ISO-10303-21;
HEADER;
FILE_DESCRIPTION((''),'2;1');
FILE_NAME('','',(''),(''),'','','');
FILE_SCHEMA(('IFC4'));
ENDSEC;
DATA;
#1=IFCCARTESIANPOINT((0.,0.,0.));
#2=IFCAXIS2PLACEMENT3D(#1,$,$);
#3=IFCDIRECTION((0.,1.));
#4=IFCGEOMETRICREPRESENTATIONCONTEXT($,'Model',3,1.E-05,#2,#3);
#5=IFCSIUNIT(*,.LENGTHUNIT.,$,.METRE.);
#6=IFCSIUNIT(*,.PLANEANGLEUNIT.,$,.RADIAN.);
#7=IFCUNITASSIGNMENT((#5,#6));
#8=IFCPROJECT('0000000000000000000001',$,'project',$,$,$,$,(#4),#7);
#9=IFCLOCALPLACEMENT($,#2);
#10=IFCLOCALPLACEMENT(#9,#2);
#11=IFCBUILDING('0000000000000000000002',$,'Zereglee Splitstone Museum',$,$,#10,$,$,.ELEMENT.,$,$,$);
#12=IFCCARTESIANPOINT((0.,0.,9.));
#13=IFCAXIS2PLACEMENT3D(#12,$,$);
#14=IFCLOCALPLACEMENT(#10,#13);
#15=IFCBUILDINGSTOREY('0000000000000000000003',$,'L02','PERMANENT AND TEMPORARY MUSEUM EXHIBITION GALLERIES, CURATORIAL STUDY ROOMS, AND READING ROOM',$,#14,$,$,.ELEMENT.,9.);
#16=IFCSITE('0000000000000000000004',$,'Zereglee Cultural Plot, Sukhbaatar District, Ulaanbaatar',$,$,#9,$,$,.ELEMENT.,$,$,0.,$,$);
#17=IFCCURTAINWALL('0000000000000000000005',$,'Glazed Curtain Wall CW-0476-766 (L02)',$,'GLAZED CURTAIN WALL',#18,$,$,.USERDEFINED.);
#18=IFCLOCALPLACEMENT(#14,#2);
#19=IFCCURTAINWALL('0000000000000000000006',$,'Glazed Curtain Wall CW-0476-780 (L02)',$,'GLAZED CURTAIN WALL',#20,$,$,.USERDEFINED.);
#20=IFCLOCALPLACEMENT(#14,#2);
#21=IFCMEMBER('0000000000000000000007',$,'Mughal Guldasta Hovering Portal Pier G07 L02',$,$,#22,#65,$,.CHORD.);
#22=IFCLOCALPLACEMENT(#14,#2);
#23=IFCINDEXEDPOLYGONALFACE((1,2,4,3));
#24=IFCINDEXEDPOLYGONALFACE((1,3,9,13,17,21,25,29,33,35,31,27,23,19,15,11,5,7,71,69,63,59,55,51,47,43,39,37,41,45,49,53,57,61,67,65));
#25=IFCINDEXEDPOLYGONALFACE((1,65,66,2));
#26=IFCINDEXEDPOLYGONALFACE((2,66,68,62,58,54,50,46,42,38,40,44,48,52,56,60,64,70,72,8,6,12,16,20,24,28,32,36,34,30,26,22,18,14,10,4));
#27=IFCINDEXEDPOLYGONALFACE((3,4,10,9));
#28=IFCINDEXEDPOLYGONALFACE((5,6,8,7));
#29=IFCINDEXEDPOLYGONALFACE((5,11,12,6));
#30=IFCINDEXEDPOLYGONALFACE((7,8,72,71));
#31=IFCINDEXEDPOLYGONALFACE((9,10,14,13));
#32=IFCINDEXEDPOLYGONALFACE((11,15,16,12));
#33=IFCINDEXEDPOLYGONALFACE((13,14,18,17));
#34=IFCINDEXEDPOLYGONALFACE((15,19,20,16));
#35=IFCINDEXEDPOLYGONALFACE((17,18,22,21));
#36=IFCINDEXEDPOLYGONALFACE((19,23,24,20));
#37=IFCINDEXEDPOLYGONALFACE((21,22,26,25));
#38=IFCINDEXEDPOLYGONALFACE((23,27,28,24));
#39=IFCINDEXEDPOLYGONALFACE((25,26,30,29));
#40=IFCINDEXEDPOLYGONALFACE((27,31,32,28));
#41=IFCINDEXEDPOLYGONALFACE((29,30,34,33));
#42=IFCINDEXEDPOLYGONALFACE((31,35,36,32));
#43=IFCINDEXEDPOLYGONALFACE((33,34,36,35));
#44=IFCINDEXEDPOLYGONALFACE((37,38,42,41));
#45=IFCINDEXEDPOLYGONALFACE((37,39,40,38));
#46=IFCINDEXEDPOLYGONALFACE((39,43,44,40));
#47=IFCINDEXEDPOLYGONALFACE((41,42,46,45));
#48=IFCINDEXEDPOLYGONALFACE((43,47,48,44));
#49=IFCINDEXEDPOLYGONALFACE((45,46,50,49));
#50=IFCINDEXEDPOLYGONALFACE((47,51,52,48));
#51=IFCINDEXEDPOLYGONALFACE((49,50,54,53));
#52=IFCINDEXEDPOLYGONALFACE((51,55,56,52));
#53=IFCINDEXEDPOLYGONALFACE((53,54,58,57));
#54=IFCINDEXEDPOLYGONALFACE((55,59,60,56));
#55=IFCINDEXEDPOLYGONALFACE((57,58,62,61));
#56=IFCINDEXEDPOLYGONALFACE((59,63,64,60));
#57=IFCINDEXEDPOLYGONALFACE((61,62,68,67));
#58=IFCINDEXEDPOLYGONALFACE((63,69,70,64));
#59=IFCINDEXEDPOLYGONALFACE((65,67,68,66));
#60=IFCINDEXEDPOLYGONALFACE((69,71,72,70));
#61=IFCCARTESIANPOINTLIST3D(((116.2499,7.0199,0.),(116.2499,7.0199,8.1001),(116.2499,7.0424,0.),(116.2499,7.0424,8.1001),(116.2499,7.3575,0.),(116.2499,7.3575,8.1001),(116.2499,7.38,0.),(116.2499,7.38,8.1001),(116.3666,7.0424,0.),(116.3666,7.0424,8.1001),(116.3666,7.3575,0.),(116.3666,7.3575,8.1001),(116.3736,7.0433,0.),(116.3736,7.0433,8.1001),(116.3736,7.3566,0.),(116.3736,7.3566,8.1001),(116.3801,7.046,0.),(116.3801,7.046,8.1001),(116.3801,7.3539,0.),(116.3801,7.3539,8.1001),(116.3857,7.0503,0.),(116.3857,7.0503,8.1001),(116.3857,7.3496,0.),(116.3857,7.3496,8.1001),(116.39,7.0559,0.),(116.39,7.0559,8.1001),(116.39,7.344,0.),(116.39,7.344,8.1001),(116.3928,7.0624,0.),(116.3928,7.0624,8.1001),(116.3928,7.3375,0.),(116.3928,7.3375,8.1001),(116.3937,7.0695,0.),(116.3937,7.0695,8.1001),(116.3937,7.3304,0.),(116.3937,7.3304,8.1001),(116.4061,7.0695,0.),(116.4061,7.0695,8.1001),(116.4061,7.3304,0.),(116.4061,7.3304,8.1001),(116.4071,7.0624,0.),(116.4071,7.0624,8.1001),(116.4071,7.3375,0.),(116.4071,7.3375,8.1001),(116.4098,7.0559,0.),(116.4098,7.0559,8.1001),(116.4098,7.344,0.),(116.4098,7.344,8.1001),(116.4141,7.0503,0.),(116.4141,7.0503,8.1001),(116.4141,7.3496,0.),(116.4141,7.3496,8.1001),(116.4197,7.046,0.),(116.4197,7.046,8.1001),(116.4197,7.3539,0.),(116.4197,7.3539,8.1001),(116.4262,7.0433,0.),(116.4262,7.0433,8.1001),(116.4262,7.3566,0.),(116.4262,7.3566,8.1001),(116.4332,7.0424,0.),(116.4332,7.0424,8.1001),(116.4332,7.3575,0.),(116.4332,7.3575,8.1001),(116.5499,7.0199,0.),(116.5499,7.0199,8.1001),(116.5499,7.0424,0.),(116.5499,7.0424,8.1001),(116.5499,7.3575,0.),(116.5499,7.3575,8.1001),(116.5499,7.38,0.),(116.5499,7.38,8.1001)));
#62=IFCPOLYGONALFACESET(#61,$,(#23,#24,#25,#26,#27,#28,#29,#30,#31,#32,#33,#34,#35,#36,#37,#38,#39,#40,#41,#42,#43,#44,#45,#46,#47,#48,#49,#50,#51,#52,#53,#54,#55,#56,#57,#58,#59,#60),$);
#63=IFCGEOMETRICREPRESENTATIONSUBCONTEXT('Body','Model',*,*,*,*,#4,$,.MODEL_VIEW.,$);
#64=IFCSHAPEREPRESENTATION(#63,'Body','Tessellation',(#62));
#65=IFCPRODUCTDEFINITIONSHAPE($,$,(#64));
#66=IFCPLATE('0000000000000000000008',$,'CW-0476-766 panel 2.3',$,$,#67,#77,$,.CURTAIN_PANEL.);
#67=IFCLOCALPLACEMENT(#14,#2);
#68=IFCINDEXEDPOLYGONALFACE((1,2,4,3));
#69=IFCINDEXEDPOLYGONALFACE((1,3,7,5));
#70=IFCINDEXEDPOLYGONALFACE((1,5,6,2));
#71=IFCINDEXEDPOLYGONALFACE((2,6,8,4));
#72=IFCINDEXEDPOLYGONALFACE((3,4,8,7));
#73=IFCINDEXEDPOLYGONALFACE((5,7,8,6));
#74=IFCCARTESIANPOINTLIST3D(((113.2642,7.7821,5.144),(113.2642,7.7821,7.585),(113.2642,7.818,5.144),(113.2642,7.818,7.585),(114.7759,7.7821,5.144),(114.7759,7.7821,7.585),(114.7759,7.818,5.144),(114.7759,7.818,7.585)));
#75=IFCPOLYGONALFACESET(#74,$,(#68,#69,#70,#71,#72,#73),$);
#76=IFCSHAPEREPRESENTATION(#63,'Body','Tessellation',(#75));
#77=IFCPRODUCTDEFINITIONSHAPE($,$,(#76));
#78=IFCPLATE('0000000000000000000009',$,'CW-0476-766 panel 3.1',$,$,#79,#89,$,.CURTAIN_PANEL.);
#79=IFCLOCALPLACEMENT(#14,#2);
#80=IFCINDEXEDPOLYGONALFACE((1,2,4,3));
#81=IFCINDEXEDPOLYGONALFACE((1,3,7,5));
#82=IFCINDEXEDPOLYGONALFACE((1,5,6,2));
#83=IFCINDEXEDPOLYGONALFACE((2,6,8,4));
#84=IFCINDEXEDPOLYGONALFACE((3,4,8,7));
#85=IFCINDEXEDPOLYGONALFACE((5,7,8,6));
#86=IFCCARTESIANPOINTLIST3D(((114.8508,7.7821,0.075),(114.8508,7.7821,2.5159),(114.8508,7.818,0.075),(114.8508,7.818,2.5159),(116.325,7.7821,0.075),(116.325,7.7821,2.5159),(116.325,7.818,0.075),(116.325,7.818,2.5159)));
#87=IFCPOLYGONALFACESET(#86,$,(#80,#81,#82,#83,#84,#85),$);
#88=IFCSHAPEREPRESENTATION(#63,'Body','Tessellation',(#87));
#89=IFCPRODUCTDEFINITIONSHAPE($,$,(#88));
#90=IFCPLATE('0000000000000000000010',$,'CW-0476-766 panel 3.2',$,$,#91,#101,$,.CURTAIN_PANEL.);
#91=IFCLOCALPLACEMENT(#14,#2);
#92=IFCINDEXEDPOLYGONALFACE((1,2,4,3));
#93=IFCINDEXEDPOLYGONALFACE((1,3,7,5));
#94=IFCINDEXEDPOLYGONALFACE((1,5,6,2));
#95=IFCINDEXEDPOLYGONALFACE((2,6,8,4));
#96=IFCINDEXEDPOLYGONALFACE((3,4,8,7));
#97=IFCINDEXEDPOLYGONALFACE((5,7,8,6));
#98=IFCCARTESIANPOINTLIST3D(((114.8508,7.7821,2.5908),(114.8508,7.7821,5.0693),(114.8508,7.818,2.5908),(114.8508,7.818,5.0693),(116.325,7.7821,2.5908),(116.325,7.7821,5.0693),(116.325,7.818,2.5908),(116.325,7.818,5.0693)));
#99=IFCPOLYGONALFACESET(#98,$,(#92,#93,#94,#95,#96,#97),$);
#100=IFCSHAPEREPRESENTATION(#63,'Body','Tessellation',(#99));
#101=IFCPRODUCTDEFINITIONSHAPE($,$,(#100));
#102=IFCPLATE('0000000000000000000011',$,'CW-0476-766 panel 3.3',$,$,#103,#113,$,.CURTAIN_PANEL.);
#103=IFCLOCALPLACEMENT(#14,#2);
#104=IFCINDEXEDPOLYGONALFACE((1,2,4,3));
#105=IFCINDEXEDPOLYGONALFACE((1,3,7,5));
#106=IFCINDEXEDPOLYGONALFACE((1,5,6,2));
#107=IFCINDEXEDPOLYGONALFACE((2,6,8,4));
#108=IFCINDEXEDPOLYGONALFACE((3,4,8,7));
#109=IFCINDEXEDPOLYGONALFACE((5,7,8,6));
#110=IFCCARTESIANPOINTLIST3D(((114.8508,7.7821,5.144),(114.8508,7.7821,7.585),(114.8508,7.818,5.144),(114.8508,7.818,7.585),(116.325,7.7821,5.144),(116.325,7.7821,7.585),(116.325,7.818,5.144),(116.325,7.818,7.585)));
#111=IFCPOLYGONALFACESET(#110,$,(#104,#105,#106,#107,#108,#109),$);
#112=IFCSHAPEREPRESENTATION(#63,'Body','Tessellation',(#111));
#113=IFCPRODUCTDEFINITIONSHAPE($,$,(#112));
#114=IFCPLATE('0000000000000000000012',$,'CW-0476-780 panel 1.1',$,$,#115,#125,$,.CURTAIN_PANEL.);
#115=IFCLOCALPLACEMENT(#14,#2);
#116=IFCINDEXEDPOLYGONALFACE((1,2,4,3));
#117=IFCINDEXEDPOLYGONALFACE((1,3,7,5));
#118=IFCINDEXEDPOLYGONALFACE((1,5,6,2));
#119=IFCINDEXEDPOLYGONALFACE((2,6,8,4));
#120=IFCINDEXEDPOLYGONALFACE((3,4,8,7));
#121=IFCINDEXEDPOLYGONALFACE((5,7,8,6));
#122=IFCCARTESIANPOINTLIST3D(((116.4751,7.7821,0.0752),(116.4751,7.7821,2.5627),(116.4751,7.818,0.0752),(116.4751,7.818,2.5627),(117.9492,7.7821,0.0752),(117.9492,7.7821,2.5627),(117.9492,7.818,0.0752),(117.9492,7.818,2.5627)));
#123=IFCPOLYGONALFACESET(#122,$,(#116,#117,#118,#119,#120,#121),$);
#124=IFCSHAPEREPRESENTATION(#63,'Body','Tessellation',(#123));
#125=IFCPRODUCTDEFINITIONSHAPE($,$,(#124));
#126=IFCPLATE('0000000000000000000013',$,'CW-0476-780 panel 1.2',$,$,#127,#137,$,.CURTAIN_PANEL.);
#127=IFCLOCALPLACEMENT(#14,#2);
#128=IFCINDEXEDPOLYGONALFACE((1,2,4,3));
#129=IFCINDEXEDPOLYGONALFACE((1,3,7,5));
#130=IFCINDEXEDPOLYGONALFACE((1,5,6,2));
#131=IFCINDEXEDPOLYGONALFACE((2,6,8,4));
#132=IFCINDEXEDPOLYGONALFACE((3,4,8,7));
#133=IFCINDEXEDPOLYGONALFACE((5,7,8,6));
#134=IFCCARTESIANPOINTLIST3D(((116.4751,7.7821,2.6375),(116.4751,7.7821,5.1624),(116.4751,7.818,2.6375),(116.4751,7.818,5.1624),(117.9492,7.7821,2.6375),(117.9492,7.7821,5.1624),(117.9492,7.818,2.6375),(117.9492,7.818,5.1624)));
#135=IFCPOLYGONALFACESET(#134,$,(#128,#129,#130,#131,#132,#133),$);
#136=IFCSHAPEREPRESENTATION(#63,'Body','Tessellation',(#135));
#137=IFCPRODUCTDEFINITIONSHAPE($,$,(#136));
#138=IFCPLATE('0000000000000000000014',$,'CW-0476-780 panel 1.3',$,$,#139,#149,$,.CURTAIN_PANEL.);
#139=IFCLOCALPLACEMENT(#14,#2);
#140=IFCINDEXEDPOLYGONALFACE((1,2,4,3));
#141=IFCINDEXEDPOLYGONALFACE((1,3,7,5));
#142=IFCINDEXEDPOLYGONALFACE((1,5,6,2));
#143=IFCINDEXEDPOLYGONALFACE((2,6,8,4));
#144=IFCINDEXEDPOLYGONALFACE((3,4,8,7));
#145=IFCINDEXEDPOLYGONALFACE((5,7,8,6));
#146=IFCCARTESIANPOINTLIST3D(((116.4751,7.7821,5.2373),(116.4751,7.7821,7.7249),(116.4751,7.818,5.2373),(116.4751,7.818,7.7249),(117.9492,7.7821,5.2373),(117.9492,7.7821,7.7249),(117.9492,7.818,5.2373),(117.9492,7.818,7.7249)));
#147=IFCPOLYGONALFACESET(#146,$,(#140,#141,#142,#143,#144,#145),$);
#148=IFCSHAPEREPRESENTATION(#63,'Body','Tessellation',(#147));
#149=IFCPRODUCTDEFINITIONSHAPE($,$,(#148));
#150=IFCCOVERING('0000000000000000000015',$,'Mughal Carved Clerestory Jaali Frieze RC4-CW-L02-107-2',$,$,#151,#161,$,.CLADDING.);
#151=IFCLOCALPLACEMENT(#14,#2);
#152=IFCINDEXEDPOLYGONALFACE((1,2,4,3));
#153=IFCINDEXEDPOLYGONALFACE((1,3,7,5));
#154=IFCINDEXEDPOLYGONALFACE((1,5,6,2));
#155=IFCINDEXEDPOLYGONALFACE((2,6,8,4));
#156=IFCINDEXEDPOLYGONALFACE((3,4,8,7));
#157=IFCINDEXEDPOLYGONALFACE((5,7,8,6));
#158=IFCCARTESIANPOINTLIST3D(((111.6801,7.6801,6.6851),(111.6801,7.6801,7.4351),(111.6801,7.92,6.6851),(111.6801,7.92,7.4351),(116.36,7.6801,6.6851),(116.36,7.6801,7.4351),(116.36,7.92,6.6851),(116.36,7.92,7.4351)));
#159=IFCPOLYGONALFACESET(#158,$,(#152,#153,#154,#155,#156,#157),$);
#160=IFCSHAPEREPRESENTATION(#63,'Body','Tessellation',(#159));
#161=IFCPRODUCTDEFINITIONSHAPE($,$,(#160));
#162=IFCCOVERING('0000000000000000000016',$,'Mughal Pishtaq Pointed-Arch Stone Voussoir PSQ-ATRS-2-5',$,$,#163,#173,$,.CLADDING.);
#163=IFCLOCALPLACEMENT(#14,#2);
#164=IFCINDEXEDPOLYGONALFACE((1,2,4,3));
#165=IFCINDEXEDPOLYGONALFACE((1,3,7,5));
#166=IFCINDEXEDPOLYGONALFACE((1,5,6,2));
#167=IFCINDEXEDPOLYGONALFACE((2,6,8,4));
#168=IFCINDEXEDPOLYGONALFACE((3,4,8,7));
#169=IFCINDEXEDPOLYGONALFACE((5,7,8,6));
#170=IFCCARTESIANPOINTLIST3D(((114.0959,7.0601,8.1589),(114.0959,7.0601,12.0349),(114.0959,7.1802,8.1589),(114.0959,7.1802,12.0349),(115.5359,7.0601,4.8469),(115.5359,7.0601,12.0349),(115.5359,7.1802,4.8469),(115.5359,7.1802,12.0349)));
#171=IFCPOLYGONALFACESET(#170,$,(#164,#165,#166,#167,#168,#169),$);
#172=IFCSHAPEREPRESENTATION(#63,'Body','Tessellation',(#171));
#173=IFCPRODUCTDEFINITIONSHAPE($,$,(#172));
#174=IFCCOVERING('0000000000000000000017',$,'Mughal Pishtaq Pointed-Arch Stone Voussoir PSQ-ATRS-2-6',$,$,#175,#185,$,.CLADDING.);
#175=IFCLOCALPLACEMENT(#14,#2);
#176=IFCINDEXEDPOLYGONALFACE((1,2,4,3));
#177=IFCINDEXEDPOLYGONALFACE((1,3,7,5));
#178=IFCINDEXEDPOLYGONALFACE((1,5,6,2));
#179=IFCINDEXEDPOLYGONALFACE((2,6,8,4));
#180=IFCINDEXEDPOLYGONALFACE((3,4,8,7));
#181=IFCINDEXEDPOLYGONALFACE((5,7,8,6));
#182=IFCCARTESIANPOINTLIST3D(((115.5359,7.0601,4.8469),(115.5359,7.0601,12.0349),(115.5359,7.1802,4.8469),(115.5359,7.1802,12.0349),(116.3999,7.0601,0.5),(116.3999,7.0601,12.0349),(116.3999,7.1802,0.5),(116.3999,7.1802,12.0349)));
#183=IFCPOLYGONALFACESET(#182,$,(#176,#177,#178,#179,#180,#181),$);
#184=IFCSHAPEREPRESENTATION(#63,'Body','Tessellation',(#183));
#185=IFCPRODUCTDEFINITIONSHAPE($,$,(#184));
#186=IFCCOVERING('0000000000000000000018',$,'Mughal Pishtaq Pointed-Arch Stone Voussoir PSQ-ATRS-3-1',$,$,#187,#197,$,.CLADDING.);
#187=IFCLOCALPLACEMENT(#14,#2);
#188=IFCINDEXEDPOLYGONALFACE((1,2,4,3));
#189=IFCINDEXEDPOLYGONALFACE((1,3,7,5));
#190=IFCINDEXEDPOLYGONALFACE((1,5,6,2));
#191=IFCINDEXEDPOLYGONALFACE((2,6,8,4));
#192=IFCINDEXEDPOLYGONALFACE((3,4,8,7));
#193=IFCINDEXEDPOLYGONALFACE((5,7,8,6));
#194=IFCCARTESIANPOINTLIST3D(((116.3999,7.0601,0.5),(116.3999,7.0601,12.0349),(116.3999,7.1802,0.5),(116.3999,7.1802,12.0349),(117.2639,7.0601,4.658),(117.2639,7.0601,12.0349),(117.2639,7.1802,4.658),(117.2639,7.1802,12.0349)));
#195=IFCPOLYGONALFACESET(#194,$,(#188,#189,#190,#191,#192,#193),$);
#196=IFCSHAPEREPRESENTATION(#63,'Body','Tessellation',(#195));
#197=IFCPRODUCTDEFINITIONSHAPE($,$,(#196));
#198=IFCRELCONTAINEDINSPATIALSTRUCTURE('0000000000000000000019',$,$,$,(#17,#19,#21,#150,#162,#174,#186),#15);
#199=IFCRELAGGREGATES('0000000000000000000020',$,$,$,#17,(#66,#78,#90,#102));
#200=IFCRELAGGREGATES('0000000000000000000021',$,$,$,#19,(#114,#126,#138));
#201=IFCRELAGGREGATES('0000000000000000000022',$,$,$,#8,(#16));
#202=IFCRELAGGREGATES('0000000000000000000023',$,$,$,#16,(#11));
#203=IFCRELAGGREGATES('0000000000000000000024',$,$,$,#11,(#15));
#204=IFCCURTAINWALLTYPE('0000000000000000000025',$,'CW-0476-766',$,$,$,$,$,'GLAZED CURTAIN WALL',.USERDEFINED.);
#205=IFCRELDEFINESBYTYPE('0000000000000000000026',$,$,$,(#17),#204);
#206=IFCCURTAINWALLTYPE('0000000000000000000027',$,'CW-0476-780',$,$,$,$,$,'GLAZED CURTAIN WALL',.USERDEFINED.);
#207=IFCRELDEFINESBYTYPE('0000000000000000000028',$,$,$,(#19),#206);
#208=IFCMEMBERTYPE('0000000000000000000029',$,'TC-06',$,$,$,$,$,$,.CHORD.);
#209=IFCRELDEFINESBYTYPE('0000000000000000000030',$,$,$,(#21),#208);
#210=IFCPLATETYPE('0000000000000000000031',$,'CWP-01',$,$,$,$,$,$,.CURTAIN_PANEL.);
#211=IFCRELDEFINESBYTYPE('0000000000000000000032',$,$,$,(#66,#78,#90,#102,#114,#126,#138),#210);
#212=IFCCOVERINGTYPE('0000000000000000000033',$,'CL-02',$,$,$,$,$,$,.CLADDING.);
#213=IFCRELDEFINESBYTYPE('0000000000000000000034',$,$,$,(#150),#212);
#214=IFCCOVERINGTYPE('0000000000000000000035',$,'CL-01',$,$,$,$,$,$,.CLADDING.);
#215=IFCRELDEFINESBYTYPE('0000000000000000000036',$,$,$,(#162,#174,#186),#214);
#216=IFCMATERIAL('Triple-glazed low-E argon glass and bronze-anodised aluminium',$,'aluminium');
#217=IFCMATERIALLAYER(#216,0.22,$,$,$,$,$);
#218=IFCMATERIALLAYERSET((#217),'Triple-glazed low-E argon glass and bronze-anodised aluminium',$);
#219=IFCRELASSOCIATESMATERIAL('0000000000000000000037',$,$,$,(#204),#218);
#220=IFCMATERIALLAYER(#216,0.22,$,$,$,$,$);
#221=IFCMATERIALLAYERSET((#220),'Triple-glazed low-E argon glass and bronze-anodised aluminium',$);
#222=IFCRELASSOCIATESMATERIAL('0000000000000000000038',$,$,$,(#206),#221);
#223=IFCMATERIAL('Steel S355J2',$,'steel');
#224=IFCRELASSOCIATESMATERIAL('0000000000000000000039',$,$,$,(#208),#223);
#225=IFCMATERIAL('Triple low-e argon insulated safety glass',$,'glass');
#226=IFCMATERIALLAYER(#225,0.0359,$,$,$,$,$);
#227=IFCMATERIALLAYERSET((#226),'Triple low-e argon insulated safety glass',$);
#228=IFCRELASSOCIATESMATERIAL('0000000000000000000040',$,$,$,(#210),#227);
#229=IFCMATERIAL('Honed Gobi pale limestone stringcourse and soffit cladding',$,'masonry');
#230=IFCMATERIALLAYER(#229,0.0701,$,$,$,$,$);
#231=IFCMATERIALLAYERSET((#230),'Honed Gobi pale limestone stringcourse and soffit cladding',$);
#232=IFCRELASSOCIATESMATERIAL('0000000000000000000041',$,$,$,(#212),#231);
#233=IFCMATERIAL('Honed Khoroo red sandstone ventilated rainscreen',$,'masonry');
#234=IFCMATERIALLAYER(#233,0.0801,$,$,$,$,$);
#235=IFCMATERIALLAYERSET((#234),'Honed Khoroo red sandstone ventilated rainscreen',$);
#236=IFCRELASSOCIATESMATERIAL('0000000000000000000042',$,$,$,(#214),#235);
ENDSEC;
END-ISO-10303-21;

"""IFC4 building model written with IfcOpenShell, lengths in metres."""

from ifc_helpers import new_model, si_unit, direction, frame, origin, origin_2d, place, context, subcontext, project, spatial, polyline, rectangle, i_section, outline, extrude, material, layer, layer_set, material_profile, profile_set, type_object, element, aggregate, save


model = new_model("IFC4")

# Units and contexts
model_context = context("Model", 3, precision=1e-05, world=origin(), true_north=direction((0.0, 1.0)))
body_context = subcontext(model_context, "Body", "Model", "MODEL_VIEW")
ifc_project = project(units=[si_unit("LENGTHUNIT", "METRE"), si_unit("PLANEANGLEUNIT", "RADIAN")], contexts=[model_context])

# Site, building, storey
site_placement = place(None, origin())
site = spatial("IfcSite", under=ifc_project, at=site_placement, Name="Zereglee Cultural Plot, Sukhbaatar District, Ulaanbaatar", CompositionType="ELEMENT", RefElevation=0.0)
building_placement = place(site_placement, origin())
building = spatial("IfcBuilding", under=site, at=building_placement, Name="Zereglee Splitstone Museum", CompositionType="ELEMENT")
storey_placement = place(building_placement, frame((0.0, 0.0, 9.0)))
storey = spatial("IfcBuildingStorey", under=building, at=storey_placement, Name="L02", Description="PERMANENT AND TEMPORARY MUSEUM EXHIBITION GALLERIES, CURATORIAL STUDY ROOMS, AND READING ROOM", CompositionType="ELEMENT", Elevation=9.0)

# Curtain walls
ifc_material_1 = material(Name="Triple-glazed low-E argon glass and bronze-anodised aluminium", Category="aluminium")
ifc_layer_1 = layer(ifc_material_1, 0.22)
ifc_layer_set_1 = layer_set([ifc_layer_1], Name="Triple-glazed low-E argon glass and bronze-anodised aluminium")
curtain_wall_type_1 = type_object("IfcCurtainWallType", Name="CW-0476-766", ElementType="GLAZED CURTAIN WALL", PredefinedType="USERDEFINED", material=ifc_layer_set_1)
curtain_wall_1_placement = place(storey_placement, origin())
curtain_wall_1 = element("IfcCurtainWall", 1, at=curtain_wall_1_placement, inside=storey, type_object=curtain_wall_type_1, Name="Glazed Curtain Wall CW-0476-766 (L02)", ObjectType="GLAZED CURTAIN WALL", PredefinedType="USERDEFINED")
ifc_layer_2 = layer(ifc_material_1, 0.22)
ifc_layer_set_2 = layer_set([ifc_layer_2], Name="Triple-glazed low-E argon glass and bronze-anodised aluminium")
curtain_wall_type_2 = type_object("IfcCurtainWallType", Name="CW-0476-780", ElementType="GLAZED CURTAIN WALL", PredefinedType="USERDEFINED", material=ifc_layer_set_2)
curtain_wall_2_placement = place(storey_placement, origin())
curtain_wall_2 = element("IfcCurtainWall", 2, at=curtain_wall_2_placement, inside=storey, type_object=curtain_wall_type_2, Name="Glazed Curtain Wall CW-0476-780 (L02)", ObjectType="GLAZED CURTAIN WALL", PredefinedType="USERDEFINED")

# Member
ifc_material_2 = material(Name="Steel S355J2", Category="steel")
ifc_material_profile_1 = material_profile(ifc_material_2, i_section(OverallWidth=0.3, OverallDepth=0.3601, WebThickness=0.0125, FlangeThickness=0.0225, FilletRadius=0.0271, at=origin_2d()), Name="HE 360 B")
ifc_profile_set_1 = profile_set([ifc_material_profile_1], Name="Steel S355J2")
member_type_1 = type_object("IfcMemberType", Name="TC-06", PredefinedType="CHORD", material=ifc_profile_set_1)
member_1_placement = place(storey_placement, frame((116.3999, 7.2, 0.0), z_axis=(0.0, 0.0, 1.0), x_axis=(1.0, 0.0, 0.0)))
element("IfcMember", 3, at=member_1_placement, inside=storey, type_object=member_type_1, Name="Mughal Guldasta Hovering Portal Pier G07 L02", PredefinedType="CHORD", context=body_context, shape_type="SweptSolid", body=[
    extrude(i_section(OverallWidth=0.3, OverallDepth=0.3601, WebThickness=0.0125, FlangeThickness=0.0225, FilletRadius=0.0271, at=origin_2d()), origin(), (0.0, 0.0, 1.0), 8.1001),
])

# Plates
ifc_material_3 = material(Name="Triple low-e argon insulated safety glass", Category="glass")
ifc_layer_3 = layer(ifc_material_3, 0.0359)
ifc_layer_set_3 = layer_set([ifc_layer_3], Name="Triple low-e argon insulated safety glass")
plate_type = type_object("IfcPlateType", Name="CWP-01", PredefinedType="CURTAIN_PANEL", material=ifc_layer_set_3)
plate_1_placement = place(storey_placement, frame((114.02, 7.8, 5.144), z_axis=(0.0, 0.0, 1.0), x_axis=(1.0, 0.0, 0.0)))
plate_1 = element("IfcPlate", 4, at=plate_1_placement, type_object=plate_type, Name="CW-0476-766 panel 2.3", PredefinedType="CURTAIN_PANEL", context=body_context, shape_type="SweptSolid", body=[
    extrude(rectangle(XDim=1.5117, YDim=0.0359, at=origin_2d()), origin(), (0.0, 0.0, 1.0), 2.4409),
])
plate_2_placement = place(storey_placement, frame((115.5879, 7.8, 0.075), z_axis=(0.0, 0.0, 1.0), x_axis=(1.0, 0.0, 0.0)))
plate_2 = element("IfcPlate", 5, at=plate_2_placement, type_object=plate_type, Name="CW-0476-766 panel 3.1", PredefinedType="CURTAIN_PANEL", context=body_context, shape_type="SweptSolid", body=[
    extrude(rectangle(XDim=1.4741, YDim=0.0359, at=origin_2d()), origin(), (0.0, 0.0, 1.0), 2.4409),
])
plate_3_placement = place(storey_placement, frame((115.5879, 7.8, 2.5908), z_axis=(0.0, 0.0, 1.0), x_axis=(1.0, 0.0, 0.0)))
plate_3 = element("IfcPlate", 6, at=plate_3_placement, type_object=plate_type, Name="CW-0476-766 panel 3.2", PredefinedType="CURTAIN_PANEL", context=body_context, shape_type="SweptSolid", body=[
    extrude(rectangle(XDim=1.4741, YDim=0.0359, at=origin_2d()), origin(), (0.0, 0.0, 1.0), 2.4785),
])
plate_4_placement = place(storey_placement, frame((115.5879, 7.8, 5.144), z_axis=(0.0, 0.0, 1.0), x_axis=(1.0, 0.0, 0.0)))
plate_4 = element("IfcPlate", 7, at=plate_4_placement, type_object=plate_type, Name="CW-0476-766 panel 3.3", PredefinedType="CURTAIN_PANEL", context=body_context, shape_type="SweptSolid", body=[
    extrude(rectangle(XDim=1.4741, YDim=0.0359, at=origin_2d()), origin(), (0.0, 0.0, 1.0), 2.4409),
])
aggregate(curtain_wall_1, [plate_1, plate_2, plate_3, plate_4])
plate_5_placement = place(storey_placement, frame((117.2122, 7.8, 0.0752), z_axis=(0.0, 0.0, 1.0), x_axis=(1.0, 0.0, 0.0)))
plate_5 = element("IfcPlate", 8, at=plate_5_placement, type_object=plate_type, Name="CW-0476-780 panel 1.1", PredefinedType="CURTAIN_PANEL", context=body_context, shape_type="SweptSolid", body=[
    extrude(rectangle(XDim=1.4741, YDim=0.0359, at=origin_2d()), origin(), (0.0, 0.0, 1.0), 2.4875),
])
plate_6_placement = place(storey_placement, frame((117.2122, 7.8, 2.6375), z_axis=(0.0, 0.0, 1.0), x_axis=(1.0, 0.0, 0.0)))
plate_6 = element("IfcPlate", 9, at=plate_6_placement, type_object=plate_type, Name="CW-0476-780 panel 1.2", PredefinedType="CURTAIN_PANEL", context=body_context, shape_type="SweptSolid", body=[
    extrude(rectangle(XDim=1.4741, YDim=0.0359, at=origin_2d()), origin(), (0.0, 0.0, 1.0), 2.5249),
])
plate_7_placement = place(storey_placement, frame((117.2122, 7.8, 5.2373), z_axis=(0.0, 0.0, 1.0), x_axis=(1.0, 0.0, 0.0)))
plate_7 = element("IfcPlate", 10, at=plate_7_placement, type_object=plate_type, Name="CW-0476-780 panel 1.3", PredefinedType="CURTAIN_PANEL", context=body_context, shape_type="SweptSolid", body=[
    extrude(rectangle(XDim=1.4741, YDim=0.0359, at=origin_2d()), origin(), (0.0, 0.0, 1.0), 2.4875),
])
aggregate(curtain_wall_2, [plate_5, plate_6, plate_7])

# Coverings
ifc_material_4 = material(Name="Honed Gobi pale limestone stringcourse and soffit cladding", Category="masonry")
ifc_layer_4 = layer(ifc_material_4, 0.0701)
ifc_layer_set_4 = layer_set([ifc_layer_4], Name="Honed Gobi pale limestone stringcourse and soffit cladding")
covering_type_1 = type_object("IfcCoveringType", Name="CL-02", PredefinedType="CLADDING", material=ifc_layer_set_4)
covering_1_placement = place(storey_placement, frame((114.02, 7.8, 6.6851), z_axis=(0.0, 0.0, 1.0), x_axis=(1.0, 0.0, 0.0)))
element("IfcCovering", 11, at=covering_1_placement, inside=storey, type_object=covering_type_1, Name="Mughal Carved Clerestory Jaali Frieze RC4-CW-L02-107-2", PredefinedType="CLADDING", context=body_context, shape_type="SweptSolid", body=[
    extrude(rectangle(XDim=4.6799, YDim=0.24, at=origin_2d()), origin(), (0.0, 0.0, 1.0), 0.75),
])
ifc_material_5 = material(Name="Honed Khoroo red sandstone ventilated rainscreen", Category="masonry")
ifc_layer_5 = layer(ifc_material_5, 0.0801)
ifc_layer_set_5 = layer_set([ifc_layer_5], Name="Honed Khoroo red sandstone ventilated rainscreen")
covering_type_2 = type_object("IfcCoveringType", Name="CL-01", PredefinedType="CLADDING", material=ifc_layer_set_5)
covering_2_placement = place(storey_placement, frame((114.0959, 7.0601, 8.1589), z_axis=(0.0, -1.0, 0.0), x_axis=(0.398711, 0.0, -0.917077)))
element("IfcCovering", 12, at=covering_2_placement, inside=storey, type_object=covering_type_2, Name="Mughal Pishtaq Pointed-Arch Stone Voussoir PSQ-ATRS-2-5", PredefinedType="CLADDING", context=body_context, shape_type="SweptSolid", body=[
    extrude(outline(polyline([(0.0, 0.0), (3.6115, 0.0), (-2.9804, 2.8659), (-3.5546, 1.5454), (0.0, 0.0)])), origin(), (0.0, 0.0, -1.0), 0.1201),
])
covering_3_placement = place(storey_placement, frame((115.5359, 7.0601, 4.8469), z_axis=(0.0, -1.0, 0.0), x_axis=(0.194951, 0.0, -0.980813)))
element("IfcCovering", 13, at=covering_3_placement, inside=storey, type_object=covering_type_2, Name="Mughal Pishtaq Pointed-Arch Stone Voussoir PSQ-ATRS-2-6", PredefinedType="CLADDING", context=body_context, shape_type="SweptSolid", body=[
    extrude(outline(polyline([(0.0, 0.0), (4.432, 0.0), (-6.8816, 2.2487), (-7.0501, 1.4013), (0.0, 0.0)])), origin(), (0.0, 0.0, -1.0), 0.1201),
])
covering_4_placement = place(storey_placement, frame((116.3999, 7.0601, 0.5), z_axis=(0.0, -1.0, 0.0), x_axis=(0.203451, 0.0, 0.979085)))
element("IfcCovering", 14, at=covering_4_placement, inside=storey, type_object=covering_type_2, Name="Mughal Pishtaq Pointed-Arch Stone Voussoir PSQ-ATRS-3-1", PredefinedType="CLADDING", context=body_context, shape_type="SweptSolid", body=[
    extrude(outline(polyline([(0.0, 0.0), (4.2468, 0.0), (11.4694, 1.5009), (11.2937, 2.3468), (0.0, 0.0)])), origin(), (0.0, 0.0, -1.0), 0.1201),
])

save(model, "model.ifc")
